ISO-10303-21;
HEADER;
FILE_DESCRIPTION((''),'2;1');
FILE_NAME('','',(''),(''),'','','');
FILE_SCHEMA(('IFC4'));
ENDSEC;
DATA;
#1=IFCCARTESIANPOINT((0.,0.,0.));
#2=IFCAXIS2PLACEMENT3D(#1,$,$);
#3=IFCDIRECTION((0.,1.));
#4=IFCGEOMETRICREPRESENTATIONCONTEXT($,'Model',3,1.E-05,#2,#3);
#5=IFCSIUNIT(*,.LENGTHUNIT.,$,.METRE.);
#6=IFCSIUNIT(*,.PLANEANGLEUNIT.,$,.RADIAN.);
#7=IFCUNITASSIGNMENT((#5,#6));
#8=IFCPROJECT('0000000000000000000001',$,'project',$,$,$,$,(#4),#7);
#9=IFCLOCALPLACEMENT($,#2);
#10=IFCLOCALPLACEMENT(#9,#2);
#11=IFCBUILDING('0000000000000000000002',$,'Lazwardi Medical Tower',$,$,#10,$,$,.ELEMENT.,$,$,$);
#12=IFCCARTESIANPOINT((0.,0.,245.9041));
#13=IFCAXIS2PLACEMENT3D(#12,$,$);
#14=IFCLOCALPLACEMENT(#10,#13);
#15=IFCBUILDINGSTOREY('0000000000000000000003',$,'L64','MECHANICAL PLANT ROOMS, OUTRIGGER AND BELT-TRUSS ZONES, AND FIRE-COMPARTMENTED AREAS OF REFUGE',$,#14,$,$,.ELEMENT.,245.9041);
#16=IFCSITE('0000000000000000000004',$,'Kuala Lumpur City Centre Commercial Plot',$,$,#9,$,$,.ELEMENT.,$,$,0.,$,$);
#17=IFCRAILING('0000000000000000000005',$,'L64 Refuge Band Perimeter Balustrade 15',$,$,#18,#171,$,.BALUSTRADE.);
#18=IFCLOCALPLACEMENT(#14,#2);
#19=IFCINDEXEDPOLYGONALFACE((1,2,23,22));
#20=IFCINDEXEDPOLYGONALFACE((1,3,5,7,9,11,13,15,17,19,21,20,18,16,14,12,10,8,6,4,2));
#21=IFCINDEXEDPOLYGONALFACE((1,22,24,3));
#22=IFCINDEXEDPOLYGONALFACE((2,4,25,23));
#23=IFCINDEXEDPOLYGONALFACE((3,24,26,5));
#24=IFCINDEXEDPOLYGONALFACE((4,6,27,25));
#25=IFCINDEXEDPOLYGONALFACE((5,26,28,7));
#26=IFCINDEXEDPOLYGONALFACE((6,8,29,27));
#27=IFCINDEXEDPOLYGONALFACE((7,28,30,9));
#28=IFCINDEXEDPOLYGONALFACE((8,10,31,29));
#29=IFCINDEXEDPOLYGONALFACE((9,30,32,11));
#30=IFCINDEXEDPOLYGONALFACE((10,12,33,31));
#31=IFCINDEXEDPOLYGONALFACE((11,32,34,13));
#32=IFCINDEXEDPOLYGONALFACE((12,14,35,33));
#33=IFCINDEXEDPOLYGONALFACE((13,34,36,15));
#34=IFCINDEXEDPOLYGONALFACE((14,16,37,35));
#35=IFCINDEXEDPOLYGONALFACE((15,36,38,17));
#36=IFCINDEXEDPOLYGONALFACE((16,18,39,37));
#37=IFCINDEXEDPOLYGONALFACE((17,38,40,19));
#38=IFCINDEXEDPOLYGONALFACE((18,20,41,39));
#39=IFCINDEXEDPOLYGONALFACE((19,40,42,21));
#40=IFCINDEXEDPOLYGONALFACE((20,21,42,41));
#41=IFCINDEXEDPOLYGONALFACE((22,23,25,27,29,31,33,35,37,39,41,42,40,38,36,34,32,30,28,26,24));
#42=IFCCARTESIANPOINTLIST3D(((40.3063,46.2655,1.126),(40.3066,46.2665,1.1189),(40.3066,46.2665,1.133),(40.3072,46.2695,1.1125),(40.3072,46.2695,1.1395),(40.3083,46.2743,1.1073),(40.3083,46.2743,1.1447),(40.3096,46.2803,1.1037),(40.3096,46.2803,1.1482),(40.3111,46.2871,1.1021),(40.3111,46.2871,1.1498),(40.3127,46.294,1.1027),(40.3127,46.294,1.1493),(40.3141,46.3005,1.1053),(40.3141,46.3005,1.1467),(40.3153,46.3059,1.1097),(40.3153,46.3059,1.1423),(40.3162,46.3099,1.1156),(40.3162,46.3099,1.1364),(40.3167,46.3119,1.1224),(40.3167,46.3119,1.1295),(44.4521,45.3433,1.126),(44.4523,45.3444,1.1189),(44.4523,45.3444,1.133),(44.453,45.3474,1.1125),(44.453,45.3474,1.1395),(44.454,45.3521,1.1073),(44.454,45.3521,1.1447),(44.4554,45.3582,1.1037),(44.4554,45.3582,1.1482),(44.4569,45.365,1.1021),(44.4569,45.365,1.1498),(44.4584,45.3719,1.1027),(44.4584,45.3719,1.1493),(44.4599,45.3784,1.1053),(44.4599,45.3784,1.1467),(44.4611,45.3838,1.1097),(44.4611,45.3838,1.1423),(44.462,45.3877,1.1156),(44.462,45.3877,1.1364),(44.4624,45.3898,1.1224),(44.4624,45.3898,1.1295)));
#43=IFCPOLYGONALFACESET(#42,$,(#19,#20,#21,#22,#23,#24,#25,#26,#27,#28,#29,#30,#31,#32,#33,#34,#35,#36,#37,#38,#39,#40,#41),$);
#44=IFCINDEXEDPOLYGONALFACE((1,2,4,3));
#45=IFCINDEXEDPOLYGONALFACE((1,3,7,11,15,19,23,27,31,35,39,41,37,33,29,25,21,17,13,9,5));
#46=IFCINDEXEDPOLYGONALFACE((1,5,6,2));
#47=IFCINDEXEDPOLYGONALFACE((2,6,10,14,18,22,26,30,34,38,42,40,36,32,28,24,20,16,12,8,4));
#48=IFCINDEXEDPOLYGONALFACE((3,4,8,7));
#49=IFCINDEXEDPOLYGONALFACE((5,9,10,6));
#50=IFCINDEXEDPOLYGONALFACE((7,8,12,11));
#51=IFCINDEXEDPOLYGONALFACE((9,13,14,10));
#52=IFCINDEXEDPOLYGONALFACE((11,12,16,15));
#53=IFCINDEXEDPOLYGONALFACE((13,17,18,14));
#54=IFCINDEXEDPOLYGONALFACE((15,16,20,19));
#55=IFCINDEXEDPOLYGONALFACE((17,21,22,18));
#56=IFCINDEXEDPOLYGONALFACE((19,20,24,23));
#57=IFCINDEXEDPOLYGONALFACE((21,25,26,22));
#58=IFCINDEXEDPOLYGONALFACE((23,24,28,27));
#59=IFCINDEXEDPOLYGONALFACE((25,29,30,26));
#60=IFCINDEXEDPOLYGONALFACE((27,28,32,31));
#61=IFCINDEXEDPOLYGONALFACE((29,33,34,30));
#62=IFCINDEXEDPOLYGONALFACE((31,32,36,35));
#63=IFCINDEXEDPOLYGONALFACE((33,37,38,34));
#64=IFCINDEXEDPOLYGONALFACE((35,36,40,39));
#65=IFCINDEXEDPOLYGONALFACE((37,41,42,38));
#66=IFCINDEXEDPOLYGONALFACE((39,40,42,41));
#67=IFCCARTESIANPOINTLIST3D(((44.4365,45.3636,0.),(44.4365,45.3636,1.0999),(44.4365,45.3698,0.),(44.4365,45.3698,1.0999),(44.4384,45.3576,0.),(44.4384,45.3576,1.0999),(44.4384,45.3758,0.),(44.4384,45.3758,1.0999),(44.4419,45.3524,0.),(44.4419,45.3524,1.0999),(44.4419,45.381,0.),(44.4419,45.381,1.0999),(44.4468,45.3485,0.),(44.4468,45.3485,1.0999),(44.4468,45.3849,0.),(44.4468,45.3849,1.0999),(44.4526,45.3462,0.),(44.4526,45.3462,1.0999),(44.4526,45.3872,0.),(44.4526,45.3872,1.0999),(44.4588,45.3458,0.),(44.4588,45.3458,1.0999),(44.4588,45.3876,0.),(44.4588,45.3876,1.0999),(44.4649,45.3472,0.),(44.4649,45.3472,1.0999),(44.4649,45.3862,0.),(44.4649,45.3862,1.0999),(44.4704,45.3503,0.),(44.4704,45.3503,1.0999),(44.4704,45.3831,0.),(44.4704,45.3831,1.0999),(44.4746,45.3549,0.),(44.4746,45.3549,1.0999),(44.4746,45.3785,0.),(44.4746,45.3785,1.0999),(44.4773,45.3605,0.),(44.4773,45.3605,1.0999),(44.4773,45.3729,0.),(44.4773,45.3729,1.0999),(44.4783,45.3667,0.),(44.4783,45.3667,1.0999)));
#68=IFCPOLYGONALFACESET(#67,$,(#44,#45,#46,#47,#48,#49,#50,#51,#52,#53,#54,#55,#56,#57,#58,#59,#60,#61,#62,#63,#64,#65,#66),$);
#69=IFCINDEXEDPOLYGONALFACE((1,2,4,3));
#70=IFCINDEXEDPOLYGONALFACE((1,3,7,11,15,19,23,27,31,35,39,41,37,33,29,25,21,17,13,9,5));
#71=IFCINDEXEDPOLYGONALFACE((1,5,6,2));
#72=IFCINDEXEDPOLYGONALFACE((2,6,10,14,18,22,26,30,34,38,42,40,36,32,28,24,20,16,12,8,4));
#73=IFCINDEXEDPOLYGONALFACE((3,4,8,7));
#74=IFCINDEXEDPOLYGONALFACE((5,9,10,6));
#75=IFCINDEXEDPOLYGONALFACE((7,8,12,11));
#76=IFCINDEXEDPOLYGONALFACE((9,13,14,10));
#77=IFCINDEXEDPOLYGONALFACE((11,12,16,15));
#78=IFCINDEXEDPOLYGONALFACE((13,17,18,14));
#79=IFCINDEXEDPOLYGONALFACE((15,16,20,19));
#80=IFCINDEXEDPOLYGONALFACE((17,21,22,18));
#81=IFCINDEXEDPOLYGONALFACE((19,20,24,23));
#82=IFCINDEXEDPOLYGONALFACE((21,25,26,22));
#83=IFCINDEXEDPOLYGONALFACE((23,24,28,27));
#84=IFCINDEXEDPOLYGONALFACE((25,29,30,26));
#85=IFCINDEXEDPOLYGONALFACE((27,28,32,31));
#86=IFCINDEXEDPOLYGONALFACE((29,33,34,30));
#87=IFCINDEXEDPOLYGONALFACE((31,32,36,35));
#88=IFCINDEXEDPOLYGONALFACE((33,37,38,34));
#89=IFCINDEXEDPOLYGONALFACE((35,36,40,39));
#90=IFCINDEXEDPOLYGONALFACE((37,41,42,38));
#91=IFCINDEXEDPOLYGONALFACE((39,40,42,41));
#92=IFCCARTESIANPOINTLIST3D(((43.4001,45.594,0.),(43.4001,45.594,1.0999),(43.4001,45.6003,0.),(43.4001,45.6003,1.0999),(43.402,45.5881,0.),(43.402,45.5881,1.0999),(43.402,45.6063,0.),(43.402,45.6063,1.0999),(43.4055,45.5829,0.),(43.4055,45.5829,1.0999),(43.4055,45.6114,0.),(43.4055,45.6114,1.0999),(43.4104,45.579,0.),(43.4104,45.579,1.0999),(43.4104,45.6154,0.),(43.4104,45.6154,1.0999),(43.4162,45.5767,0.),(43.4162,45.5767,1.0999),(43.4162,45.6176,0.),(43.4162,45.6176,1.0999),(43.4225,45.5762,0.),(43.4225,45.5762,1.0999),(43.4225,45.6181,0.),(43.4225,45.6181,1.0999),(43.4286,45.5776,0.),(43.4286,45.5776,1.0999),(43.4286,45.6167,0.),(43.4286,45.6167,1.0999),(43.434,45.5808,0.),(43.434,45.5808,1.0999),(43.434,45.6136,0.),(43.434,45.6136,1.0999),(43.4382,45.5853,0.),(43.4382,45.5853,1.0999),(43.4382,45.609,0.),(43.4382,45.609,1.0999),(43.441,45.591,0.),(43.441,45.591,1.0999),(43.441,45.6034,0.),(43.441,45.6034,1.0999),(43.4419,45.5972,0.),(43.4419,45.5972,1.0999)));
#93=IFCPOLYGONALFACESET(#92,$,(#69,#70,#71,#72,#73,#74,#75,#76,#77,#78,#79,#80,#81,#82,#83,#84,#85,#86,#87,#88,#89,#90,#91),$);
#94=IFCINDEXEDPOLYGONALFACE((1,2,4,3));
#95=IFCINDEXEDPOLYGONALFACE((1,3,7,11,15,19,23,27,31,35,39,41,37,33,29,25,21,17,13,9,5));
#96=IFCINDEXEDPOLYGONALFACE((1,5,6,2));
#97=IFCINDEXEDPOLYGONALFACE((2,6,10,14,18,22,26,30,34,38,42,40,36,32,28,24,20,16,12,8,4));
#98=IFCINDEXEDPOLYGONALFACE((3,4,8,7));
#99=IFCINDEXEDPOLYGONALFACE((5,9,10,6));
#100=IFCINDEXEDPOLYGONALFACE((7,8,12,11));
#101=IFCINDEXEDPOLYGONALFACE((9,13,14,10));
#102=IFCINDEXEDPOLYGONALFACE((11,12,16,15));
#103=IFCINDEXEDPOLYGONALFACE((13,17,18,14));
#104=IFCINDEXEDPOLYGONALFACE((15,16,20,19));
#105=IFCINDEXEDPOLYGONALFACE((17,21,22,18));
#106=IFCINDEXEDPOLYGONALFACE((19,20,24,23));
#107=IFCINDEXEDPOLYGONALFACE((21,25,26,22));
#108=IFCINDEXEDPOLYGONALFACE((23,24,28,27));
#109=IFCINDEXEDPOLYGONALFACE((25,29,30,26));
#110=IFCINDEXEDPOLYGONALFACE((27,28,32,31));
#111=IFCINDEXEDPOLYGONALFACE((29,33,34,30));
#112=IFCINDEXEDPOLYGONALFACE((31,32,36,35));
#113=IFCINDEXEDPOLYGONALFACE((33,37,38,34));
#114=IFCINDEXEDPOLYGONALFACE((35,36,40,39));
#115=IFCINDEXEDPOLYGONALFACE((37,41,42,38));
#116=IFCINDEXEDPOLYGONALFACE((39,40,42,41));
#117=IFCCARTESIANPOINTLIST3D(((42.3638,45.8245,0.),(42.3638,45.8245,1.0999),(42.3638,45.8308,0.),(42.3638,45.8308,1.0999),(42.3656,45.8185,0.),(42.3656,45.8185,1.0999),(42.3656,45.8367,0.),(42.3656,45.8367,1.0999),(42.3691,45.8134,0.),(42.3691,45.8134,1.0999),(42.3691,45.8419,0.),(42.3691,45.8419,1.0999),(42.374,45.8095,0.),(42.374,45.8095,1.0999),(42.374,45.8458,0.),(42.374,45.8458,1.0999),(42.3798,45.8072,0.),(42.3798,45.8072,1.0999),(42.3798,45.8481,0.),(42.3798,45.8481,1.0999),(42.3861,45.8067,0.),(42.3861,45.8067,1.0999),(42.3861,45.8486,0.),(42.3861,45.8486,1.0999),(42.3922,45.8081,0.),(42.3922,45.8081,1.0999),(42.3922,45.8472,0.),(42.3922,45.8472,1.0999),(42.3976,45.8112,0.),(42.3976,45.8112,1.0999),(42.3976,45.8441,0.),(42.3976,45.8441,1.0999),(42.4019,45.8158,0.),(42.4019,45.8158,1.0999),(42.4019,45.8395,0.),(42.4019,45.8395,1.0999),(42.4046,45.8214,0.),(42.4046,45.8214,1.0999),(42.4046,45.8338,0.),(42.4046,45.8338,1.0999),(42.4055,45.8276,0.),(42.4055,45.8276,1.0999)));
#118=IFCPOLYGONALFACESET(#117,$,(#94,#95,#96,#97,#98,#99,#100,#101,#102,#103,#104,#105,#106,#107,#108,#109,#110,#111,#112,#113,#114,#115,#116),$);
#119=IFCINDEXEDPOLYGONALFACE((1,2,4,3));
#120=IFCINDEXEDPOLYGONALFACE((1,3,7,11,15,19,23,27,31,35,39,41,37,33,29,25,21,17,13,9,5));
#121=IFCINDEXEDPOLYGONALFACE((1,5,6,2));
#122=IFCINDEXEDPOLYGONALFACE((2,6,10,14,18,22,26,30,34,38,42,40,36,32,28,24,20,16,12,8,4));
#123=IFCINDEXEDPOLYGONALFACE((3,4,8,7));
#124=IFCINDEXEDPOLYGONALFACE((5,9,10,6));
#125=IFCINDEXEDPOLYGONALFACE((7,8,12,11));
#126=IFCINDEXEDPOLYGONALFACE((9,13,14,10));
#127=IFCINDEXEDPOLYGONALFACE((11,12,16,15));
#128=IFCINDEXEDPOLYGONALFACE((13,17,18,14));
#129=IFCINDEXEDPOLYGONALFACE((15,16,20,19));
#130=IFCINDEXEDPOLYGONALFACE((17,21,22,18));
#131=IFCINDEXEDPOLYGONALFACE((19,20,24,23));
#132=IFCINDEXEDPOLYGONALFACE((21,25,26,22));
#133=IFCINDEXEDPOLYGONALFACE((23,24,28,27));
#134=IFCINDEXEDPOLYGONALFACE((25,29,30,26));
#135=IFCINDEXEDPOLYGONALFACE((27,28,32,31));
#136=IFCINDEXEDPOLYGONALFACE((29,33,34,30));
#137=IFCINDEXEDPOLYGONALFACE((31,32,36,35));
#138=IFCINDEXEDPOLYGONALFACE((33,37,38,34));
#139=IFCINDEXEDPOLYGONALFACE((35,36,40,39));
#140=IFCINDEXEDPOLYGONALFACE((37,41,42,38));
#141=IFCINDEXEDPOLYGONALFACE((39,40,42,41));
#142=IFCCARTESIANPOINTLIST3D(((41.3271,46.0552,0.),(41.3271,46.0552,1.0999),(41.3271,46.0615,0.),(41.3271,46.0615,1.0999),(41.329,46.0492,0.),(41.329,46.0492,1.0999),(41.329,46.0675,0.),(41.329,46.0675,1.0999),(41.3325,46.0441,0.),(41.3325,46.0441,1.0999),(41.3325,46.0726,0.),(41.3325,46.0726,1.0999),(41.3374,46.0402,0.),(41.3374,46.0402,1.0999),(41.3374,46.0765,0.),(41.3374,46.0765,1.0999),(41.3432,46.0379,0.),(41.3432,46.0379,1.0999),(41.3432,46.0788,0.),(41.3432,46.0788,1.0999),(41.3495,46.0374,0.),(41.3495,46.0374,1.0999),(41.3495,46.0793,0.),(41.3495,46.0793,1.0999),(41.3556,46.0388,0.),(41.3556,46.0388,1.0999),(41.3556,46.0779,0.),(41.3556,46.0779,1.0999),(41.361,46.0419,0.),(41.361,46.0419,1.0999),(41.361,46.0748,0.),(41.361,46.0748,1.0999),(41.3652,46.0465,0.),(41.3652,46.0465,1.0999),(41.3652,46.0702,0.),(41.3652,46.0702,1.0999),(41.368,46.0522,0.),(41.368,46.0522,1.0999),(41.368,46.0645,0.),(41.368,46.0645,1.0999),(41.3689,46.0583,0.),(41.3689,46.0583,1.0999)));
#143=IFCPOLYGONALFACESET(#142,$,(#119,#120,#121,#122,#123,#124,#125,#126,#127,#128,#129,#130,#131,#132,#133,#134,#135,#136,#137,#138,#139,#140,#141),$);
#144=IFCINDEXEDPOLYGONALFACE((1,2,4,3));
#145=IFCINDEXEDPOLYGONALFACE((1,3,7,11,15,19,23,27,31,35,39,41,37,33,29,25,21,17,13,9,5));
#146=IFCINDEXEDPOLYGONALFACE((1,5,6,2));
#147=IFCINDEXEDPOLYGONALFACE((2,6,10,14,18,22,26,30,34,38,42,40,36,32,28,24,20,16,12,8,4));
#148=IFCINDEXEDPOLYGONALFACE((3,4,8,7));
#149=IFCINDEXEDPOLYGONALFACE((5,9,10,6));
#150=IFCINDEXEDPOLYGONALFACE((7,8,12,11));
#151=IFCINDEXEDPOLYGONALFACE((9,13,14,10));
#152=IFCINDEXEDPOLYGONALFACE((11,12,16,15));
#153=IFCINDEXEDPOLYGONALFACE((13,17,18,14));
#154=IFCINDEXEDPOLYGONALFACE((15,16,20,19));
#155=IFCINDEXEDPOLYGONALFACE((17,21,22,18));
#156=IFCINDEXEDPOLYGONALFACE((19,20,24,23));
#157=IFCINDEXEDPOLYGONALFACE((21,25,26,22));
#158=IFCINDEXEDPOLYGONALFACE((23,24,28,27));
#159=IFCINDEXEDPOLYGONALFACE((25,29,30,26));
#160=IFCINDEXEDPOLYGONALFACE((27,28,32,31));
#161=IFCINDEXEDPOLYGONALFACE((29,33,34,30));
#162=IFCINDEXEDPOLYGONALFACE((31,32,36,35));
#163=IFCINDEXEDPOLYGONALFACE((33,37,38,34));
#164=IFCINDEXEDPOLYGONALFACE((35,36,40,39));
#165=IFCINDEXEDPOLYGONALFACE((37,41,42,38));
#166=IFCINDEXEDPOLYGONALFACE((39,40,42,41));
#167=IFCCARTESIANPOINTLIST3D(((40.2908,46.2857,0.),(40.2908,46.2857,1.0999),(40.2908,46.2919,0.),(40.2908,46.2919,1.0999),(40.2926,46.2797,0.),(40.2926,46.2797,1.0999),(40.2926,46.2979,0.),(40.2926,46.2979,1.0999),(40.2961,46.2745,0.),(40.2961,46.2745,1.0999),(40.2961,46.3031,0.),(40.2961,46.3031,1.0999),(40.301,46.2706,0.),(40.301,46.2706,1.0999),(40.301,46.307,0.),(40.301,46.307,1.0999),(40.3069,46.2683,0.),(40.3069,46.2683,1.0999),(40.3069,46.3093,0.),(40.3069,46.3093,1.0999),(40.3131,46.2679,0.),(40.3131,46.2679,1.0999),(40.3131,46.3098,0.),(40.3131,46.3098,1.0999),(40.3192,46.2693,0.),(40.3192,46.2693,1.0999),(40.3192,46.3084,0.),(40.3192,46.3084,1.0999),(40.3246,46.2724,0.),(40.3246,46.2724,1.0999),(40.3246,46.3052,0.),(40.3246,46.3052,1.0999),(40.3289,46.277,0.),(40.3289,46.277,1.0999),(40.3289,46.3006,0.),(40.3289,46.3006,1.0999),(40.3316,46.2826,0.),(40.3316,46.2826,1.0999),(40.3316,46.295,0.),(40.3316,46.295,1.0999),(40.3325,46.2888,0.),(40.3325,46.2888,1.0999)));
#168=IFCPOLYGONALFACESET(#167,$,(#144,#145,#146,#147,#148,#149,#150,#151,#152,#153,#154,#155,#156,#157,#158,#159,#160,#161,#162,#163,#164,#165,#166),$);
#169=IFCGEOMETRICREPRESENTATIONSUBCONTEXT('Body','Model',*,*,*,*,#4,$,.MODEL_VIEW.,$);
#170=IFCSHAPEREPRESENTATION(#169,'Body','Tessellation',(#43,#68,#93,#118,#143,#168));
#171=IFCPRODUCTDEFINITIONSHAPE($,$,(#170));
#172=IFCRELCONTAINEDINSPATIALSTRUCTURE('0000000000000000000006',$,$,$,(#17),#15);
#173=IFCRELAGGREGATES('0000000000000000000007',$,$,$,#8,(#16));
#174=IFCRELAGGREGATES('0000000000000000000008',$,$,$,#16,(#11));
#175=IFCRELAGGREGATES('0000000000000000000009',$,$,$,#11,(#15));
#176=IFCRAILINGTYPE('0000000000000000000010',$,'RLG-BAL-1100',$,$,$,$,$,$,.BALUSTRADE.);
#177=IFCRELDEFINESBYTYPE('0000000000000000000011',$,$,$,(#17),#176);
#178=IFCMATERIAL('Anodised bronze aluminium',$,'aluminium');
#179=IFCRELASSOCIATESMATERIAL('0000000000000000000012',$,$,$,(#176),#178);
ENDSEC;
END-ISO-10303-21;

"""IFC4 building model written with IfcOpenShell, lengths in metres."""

from ifc_helpers import new_model, si_unit, direction, frame, origin, origin_2d, place, context, subcontext, project, spatial, circle, extrude, material, type_object, element, save


model = new_model("IFC4")

# Units and contexts
model_context = context("Model", 3, precision=1e-05, world=origin(), true_north=direction((0.0, 1.0)))
body_context = subcontext(model_context, "Body", "Model", "MODEL_VIEW")
ifc_project = project(units=[si_unit("LENGTHUNIT", "METRE"), si_unit("PLANEANGLEUNIT", "RADIAN")], contexts=[model_context])

# Site, building, storey
site_placement = place(None, origin())
site = spatial("IfcSite", under=ifc_project, at=site_placement, Name="Kuala Lumpur City Centre Commercial Plot", CompositionType="ELEMENT", RefElevation=0.0)
building_placement = place(site_placement, origin())
building = spatial("IfcBuilding", under=site, at=building_placement, Name="Lazwardi Medical Tower", CompositionType="ELEMENT")
storey_placement = place(building_placement, frame((0.0, 0.0, 245.9041)))
storey = spatial("IfcBuildingStorey", under=building, at=storey_placement, Name="L64", Description="MECHANICAL PLANT ROOMS, OUTRIGGER AND BELT-TRUSS ZONES, AND FIRE-COMPARTMENTED AREAS OF REFUGE", CompositionType="ELEMENT", Elevation=245.9041)

# Railing
ifc_material_1 = material(Name="Anodised bronze aluminium", Category="aluminium")
railing_type = type_object("IfcRailingType", Name="RLG-BAL-1100", PredefinedType="BALUSTRADE", material=ifc_material_1)
railing_1_placement = place(storey_placement, frame((44.4573, 45.3667, 0.0)))
element("IfcRailing", 1, at=railing_1_placement, inside=storey, type_object=railing_type, Name="L64 Refuge Band Perimeter Balustrade 15", PredefinedType="BALUSTRADE", context=body_context, shape_type="SweptSolid", body=[
    extrude(circle(Radius=0.0239, at=origin_2d()), frame((0.0, 0.0, 1.126), z_axis=(-0.976145, 0.217119, 0.0), x_axis=(-0.217119, -0.976145, 0.0)), (0.0, 0.0, 1.0), 4.2471),
    extrude(circle(Radius=0.021, at=origin_2d()), origin(), (0.0, 0.0, 1.0), 1.0999),
    extrude(circle(Radius=0.021, at=origin_2d()), frame((-1.0364, 0.2305, 0.0)), (0.0, 0.0, 1.0), 1.0999),
    extrude(circle(Radius=0.021, at=origin_2d()), frame((-2.0728, 0.4609, 0.0)), (0.0, 0.0, 1.0), 1.0999),
    extrude(circle(Radius=0.021, at=origin_2d()), frame((-3.1094, 0.6917, 0.0)), (0.0, 0.0, 1.0), 1.0999),
    extrude(circle(Radius=0.021, at=origin_2d()), frame((-4.1458, 0.9221, 0.0)), (0.0, 0.0, 1.0), 1.0999),
])

save(model, "model.ifc")
